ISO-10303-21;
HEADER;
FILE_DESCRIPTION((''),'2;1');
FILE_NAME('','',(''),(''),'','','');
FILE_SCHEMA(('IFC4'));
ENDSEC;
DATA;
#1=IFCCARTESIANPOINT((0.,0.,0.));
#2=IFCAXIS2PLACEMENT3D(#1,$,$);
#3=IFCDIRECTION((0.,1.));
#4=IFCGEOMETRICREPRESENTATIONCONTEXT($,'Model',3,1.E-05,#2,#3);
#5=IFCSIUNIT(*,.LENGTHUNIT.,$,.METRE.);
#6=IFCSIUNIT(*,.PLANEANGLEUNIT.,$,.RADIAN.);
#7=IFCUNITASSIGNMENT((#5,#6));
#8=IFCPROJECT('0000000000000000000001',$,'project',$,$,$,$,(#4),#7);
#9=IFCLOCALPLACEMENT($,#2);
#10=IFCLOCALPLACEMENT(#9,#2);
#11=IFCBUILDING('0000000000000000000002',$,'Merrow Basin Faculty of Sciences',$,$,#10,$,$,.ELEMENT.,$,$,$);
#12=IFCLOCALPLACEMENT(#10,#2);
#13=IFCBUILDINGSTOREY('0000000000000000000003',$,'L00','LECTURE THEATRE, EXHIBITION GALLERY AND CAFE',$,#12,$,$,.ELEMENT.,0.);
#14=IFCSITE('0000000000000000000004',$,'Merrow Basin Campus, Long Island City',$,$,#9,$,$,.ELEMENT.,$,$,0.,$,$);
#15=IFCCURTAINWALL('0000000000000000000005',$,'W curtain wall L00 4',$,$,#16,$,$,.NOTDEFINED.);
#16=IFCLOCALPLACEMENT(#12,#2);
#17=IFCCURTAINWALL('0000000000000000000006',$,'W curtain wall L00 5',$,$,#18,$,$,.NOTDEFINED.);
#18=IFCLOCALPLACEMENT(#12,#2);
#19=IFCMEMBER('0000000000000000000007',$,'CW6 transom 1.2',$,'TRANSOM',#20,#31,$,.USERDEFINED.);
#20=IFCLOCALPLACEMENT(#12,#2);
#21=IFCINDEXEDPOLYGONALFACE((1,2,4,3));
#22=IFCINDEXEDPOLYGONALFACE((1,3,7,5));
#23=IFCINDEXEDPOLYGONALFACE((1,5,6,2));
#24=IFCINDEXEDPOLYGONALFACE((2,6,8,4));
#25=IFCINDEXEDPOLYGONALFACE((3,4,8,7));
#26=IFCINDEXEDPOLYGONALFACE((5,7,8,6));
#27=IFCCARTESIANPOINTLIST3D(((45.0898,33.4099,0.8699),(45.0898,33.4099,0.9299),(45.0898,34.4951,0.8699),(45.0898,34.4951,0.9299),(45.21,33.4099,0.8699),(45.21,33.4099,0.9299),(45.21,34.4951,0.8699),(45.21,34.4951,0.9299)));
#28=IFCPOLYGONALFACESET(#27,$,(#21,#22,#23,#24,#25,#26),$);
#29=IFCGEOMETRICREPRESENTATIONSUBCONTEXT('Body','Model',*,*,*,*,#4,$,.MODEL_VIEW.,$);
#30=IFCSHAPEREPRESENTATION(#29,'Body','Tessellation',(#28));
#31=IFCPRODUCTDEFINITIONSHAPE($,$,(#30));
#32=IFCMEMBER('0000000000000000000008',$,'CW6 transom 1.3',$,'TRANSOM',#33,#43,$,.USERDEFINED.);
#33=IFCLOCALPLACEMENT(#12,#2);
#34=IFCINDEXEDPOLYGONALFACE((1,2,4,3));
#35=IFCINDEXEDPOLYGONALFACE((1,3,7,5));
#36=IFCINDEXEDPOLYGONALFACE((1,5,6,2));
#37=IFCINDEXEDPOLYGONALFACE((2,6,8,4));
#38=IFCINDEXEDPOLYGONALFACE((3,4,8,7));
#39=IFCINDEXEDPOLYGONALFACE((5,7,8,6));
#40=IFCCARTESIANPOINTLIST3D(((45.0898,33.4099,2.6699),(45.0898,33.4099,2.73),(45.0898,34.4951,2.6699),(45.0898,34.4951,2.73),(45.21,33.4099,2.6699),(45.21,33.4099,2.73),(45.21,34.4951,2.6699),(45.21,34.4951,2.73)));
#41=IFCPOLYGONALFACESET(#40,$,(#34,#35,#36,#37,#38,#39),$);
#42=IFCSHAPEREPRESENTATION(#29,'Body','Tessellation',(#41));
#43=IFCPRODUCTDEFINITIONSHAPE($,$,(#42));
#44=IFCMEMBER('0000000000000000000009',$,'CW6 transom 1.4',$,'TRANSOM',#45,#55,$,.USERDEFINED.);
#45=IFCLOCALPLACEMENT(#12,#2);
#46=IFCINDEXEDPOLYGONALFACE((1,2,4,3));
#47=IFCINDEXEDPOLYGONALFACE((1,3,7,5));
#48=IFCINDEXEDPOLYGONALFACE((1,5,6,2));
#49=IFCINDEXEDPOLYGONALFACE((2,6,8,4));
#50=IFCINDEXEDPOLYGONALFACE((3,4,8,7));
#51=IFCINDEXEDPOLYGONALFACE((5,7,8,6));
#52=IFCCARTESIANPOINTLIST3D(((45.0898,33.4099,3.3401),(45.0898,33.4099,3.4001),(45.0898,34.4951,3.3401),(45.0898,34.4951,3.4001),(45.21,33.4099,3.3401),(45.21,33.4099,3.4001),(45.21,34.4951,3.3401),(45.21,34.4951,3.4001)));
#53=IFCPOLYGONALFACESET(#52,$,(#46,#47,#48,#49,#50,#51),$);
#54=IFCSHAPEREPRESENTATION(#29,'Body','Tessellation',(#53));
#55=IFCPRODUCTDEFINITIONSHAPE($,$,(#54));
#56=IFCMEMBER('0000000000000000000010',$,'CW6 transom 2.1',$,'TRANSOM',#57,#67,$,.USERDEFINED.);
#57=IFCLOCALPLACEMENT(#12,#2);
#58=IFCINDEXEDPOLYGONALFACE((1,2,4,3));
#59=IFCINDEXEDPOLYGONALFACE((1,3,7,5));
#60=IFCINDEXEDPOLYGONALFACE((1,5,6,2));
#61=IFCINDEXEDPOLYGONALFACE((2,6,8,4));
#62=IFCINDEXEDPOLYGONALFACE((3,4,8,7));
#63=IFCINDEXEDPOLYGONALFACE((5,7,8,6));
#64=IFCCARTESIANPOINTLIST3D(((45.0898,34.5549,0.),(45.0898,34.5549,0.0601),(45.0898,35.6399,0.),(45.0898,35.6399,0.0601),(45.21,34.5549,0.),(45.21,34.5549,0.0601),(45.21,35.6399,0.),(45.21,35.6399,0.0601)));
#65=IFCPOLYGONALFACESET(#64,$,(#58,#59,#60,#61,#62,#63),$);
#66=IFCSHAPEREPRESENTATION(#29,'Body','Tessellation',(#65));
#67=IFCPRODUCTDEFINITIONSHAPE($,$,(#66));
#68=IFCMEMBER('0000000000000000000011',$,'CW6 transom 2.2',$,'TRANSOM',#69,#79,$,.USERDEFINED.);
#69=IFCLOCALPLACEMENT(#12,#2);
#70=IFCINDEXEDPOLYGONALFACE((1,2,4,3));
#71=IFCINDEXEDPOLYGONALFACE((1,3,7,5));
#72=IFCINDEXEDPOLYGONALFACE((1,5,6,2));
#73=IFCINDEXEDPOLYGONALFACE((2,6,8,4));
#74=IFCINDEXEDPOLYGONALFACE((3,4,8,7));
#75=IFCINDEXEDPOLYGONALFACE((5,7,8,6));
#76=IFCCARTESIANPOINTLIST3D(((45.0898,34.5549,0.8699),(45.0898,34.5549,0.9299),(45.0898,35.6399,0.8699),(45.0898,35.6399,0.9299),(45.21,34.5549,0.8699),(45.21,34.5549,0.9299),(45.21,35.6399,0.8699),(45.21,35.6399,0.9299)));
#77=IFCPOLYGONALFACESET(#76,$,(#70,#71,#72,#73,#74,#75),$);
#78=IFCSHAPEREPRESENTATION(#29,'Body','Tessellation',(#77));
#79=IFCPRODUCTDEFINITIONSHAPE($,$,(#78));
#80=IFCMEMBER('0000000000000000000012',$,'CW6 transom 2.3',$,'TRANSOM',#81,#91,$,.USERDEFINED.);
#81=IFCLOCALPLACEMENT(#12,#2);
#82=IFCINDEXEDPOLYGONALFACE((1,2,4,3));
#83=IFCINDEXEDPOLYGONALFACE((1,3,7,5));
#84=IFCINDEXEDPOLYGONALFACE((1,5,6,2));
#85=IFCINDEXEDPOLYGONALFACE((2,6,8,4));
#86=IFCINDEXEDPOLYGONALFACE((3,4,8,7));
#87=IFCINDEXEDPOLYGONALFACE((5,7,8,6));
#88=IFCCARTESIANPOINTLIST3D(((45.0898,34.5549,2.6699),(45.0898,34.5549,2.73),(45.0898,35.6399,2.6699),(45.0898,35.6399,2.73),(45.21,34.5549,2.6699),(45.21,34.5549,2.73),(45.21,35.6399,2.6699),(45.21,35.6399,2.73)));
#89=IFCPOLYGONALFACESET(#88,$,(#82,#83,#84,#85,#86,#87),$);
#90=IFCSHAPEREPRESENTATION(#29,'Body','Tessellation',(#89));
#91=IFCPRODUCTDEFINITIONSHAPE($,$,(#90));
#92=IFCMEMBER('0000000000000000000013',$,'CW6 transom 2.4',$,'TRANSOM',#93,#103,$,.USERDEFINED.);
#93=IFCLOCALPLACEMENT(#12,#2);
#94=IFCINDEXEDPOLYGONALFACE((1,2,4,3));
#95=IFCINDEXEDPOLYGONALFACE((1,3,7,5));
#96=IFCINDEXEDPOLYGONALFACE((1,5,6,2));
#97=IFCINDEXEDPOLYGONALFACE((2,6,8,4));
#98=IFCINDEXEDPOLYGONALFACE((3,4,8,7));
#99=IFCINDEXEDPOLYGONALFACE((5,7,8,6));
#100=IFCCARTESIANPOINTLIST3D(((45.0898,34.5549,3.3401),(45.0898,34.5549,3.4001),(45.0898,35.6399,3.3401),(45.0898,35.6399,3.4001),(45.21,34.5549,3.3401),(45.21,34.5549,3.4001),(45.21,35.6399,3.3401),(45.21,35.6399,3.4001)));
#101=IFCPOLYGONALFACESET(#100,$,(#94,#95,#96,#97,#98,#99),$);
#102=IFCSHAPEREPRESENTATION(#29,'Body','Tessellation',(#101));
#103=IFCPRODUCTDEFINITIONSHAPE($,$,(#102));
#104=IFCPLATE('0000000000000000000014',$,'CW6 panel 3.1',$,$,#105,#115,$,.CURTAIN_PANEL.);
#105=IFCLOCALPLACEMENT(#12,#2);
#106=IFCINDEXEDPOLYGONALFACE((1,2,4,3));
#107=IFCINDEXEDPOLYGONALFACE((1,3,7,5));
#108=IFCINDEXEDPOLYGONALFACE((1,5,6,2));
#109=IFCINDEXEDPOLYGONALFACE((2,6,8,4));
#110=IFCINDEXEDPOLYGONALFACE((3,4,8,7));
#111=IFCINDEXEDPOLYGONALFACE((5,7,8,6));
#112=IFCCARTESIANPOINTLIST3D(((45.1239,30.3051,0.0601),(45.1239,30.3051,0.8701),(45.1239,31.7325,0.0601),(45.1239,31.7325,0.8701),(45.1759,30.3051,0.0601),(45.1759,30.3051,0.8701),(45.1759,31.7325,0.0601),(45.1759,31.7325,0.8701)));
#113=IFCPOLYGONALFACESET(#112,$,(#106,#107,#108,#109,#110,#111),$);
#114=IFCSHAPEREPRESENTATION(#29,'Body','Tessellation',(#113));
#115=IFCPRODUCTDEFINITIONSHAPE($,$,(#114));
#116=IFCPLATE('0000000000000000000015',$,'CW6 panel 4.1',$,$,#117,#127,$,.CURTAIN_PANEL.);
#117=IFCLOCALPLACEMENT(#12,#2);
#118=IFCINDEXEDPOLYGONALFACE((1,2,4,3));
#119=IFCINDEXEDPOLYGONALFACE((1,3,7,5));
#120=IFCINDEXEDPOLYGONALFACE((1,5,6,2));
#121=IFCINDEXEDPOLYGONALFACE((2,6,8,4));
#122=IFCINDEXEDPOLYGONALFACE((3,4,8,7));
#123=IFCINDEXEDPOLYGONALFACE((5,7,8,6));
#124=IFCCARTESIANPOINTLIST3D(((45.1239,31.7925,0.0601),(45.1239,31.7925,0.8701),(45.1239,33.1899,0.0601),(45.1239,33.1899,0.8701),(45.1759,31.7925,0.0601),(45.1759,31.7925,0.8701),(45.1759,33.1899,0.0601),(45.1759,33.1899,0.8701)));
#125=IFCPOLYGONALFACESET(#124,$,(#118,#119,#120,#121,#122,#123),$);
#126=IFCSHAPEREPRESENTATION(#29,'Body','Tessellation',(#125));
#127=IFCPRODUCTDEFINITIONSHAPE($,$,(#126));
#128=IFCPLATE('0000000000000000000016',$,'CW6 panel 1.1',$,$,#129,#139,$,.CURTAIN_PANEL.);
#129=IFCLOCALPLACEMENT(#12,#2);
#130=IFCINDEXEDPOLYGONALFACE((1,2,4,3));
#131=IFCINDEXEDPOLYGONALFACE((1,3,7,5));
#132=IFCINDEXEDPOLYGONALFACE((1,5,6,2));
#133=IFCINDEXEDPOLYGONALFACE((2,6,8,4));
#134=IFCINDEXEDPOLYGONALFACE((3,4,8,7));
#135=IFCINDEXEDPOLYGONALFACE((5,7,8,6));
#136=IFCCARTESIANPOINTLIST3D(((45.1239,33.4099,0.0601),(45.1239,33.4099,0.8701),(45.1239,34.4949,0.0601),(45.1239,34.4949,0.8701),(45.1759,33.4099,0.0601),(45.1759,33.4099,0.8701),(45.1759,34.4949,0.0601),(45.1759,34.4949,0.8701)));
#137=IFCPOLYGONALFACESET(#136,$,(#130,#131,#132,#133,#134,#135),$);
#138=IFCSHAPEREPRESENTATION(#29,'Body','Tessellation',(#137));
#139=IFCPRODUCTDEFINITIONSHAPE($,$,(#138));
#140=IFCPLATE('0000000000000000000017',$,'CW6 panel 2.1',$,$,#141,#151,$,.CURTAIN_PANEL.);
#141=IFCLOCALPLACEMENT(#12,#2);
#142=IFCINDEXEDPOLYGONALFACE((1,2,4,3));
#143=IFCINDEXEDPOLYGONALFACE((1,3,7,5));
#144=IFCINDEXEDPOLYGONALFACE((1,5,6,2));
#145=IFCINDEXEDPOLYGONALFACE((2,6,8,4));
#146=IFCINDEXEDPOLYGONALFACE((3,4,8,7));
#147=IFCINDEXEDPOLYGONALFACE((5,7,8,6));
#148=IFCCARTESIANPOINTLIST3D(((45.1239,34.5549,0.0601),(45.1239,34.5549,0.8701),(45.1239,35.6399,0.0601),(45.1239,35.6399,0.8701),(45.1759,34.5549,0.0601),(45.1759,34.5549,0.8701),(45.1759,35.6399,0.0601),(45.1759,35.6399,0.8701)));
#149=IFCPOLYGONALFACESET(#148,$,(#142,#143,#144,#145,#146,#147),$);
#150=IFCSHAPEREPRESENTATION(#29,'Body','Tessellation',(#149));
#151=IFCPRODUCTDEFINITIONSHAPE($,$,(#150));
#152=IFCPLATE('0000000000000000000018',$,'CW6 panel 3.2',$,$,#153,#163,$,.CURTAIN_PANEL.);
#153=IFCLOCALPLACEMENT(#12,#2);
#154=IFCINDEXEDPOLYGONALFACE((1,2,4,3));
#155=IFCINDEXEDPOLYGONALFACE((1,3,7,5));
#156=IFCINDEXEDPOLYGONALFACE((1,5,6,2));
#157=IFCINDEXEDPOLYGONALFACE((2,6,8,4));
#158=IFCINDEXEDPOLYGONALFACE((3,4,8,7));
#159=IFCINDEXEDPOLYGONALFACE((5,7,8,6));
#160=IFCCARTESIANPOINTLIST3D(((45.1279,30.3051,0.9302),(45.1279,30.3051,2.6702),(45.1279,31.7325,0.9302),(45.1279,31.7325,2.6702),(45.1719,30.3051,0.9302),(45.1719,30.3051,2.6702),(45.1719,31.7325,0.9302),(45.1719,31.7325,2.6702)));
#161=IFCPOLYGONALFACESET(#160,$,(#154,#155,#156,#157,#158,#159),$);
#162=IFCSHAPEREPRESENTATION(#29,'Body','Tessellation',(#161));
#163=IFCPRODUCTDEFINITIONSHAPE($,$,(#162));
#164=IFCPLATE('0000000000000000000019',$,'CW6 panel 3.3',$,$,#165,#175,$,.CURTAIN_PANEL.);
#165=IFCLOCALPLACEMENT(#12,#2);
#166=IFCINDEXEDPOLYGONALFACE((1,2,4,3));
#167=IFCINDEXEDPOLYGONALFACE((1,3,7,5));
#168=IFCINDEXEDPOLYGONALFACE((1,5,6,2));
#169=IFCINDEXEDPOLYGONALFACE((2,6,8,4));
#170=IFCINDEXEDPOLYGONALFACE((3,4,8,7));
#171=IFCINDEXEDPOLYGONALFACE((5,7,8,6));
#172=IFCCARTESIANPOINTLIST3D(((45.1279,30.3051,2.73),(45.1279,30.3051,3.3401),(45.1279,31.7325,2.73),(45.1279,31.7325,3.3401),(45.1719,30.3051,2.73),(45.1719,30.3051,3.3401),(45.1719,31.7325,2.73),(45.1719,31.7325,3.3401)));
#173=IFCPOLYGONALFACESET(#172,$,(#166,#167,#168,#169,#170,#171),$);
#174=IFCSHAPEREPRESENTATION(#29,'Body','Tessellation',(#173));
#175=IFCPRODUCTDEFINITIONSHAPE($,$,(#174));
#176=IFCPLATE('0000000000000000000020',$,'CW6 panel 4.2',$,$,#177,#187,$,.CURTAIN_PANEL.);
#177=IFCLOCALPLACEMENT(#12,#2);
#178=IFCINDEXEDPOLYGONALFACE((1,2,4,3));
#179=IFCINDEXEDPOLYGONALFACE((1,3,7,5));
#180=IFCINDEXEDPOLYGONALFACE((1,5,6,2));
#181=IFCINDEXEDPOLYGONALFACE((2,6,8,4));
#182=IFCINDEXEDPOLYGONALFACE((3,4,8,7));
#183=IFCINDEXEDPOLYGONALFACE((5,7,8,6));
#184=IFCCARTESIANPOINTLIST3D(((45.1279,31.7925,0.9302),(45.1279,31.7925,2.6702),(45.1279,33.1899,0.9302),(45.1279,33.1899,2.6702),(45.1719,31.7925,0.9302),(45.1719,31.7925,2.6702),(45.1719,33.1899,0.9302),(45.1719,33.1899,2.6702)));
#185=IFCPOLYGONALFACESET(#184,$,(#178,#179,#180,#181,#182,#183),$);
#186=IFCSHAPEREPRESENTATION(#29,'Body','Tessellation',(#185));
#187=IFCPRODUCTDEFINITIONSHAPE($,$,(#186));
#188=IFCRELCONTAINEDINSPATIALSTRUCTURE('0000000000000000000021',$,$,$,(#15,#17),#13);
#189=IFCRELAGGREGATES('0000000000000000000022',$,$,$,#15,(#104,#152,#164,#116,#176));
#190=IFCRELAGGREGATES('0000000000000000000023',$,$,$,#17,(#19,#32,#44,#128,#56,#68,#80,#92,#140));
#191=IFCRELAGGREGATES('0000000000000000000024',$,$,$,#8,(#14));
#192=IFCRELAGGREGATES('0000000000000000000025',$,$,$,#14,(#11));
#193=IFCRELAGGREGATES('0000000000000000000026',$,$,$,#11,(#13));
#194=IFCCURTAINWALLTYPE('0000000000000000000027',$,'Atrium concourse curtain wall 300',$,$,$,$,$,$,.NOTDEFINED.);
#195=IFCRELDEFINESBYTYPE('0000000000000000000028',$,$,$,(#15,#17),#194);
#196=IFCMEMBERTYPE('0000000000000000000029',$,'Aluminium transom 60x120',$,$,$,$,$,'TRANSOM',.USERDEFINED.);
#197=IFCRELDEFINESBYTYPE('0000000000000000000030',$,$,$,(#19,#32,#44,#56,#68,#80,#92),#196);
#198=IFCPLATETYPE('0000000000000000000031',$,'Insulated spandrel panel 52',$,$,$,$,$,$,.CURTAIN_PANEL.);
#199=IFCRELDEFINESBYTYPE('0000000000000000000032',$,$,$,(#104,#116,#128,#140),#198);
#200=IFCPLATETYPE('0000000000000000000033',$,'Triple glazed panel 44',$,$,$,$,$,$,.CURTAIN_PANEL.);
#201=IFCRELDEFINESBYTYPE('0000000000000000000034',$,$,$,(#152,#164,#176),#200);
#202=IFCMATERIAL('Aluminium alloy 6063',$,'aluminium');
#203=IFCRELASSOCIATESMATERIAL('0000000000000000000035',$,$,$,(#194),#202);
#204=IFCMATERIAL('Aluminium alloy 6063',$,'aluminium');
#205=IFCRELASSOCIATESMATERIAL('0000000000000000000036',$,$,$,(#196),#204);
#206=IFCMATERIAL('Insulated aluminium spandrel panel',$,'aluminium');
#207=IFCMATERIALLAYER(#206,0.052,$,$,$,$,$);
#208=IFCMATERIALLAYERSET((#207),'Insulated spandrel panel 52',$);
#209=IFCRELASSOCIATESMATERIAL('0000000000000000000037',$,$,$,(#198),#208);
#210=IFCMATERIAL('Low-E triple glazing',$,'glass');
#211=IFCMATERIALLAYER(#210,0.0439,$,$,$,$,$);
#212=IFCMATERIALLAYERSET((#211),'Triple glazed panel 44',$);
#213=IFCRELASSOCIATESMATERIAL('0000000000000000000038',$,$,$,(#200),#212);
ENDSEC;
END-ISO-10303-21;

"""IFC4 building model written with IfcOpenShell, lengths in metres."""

from ifc_helpers import new_model, si_unit, direction, frame, origin, origin_2d, place, context, subcontext, project, spatial, rectangle, extrude, material, layer, layer_set, material_profile, profile_set, type_object, element, aggregate, save


model = new_model("IFC4")

# Units and contexts
model_context = context("Model", 3, precision=1e-05, world=origin(), true_north=direction((0.0, 1.0)))
body_context = subcontext(model_context, "Body", "Model", "MODEL_VIEW")
ifc_project = project(units=[si_unit("LENGTHUNIT", "METRE"), si_unit("PLANEANGLEUNIT", "RADIAN")], contexts=[model_context])

# Site, building, storey
site_placement = place(None, origin())
site = spatial("IfcSite", under=ifc_project, at=site_placement, Name="Merrow Basin Campus, Long Island City", CompositionType="ELEMENT", RefElevation=0.0)
building_placement = place(site_placement, origin())
building = spatial("IfcBuilding", under=site, at=building_placement, Name="Merrow Basin Faculty of Sciences", CompositionType="ELEMENT")
storey_placement = place(building_placement, origin())
storey = spatial("IfcBuildingStorey", under=building, at=storey_placement, Name="L00", Description="LECTURE THEATRE, EXHIBITION GALLERY AND CAFE", CompositionType="ELEMENT", Elevation=0.0)

# Curtain walls
ifc_material_1 = material(Name="Aluminium alloy 6063", Category="aluminium")
curtain_wall_type = type_object("IfcCurtainWallType", Name="Atrium concourse curtain wall 300", PredefinedType="NOTDEFINED", material=ifc_material_1)
curtain_wall_1_placement = place(storey_placement, origin())
curtain_wall_1 = element("IfcCurtainWall", 1, at=curtain_wall_1_placement, inside=storey, type_object=curtain_wall_type, Name="W curtain wall L00 4", PredefinedType="NOTDEFINED")
curtain_wall_2_placement = place(storey_placement, origin())
curtain_wall_2 = element("IfcCurtainWall", 2, at=curtain_wall_2_placement, inside=storey, type_object=curtain_wall_type, Name="W curtain wall L00 5", PredefinedType="NOTDEFINED")

# Members
ifc_material_2 = material(Name="Aluminium alloy 6063", Category="aluminium")
ifc_material_profile_1 = material_profile(ifc_material_2, rectangle(XDim=0.1201, YDim=0.0601, at=origin_2d()))
ifc_profile_set_1 = profile_set([ifc_material_profile_1], Name="Aluminium alloy 6063")
member_type_1 = type_object("IfcMemberType", Name="Aluminium transom 60x120", ElementType="TRANSOM", PredefinedType="USERDEFINED", material=ifc_profile_set_1)
member_1_placement = place(storey_placement, frame((45.1499, 33.4099, 0.8999), z_axis=(0.0, 1.0, 0.0), x_axis=(-1.0, 0.0, 0.0)))
member_1 = element("IfcMember", 3, at=member_1_placement, type_object=member_type_1, Name="CW6 transom 1.2", ObjectType="TRANSOM", PredefinedType="USERDEFINED", context=body_context, shape_type="SweptSolid", body=[
    extrude(rectangle(XDim=0.1201, YDim=0.0601, at=origin_2d()), origin(), (0.0, 0.0, 1.0), 1.0852),
])
member_2_placement = place(storey_placement, frame((45.1499, 33.4099, 2.7), z_axis=(0.0, 1.0, 0.0), x_axis=(-1.0, 0.0, 0.0)))
member_2 = element("IfcMember", 4, at=member_2_placement, type_object=member_type_1, Name="CW6 transom 1.3", ObjectType="TRANSOM", PredefinedType="USERDEFINED", context=body_context, shape_type="SweptSolid", body=[
    extrude(rectangle(XDim=0.1201, YDim=0.0601, at=origin_2d()), origin(), (0.0, 0.0, 1.0), 1.0852),
])
member_3_placement = place(storey_placement, frame((45.1499, 33.4099, 3.3701), z_axis=(0.0, 1.0, 0.0), x_axis=(-1.0, 0.0, 0.0)))
member_3 = element("IfcMember", 5, at=member_3_placement, type_object=member_type_1, Name="CW6 transom 1.4", ObjectType="TRANSOM", PredefinedType="USERDEFINED", context=body_context, shape_type="SweptSolid", body=[
    extrude(rectangle(XDim=0.1201, YDim=0.0601, at=origin_2d()), origin(), (0.0, 0.0, 1.0), 1.0852),
])
member_4_placement = place(storey_placement, frame((45.1499, 34.5549, 0.03), z_axis=(0.0, 1.0, 0.0), x_axis=(-1.0, 0.0, 0.0)))
member_4 = element("IfcMember", 6, at=member_4_placement, type_object=member_type_1, Name="CW6 transom 2.1", ObjectType="TRANSOM", PredefinedType="USERDEFINED", context=body_context, shape_type="SweptSolid", body=[
    extrude(rectangle(XDim=0.1201, YDim=0.0601, at=origin_2d()), origin(), (0.0, 0.0, 1.0), 1.085),
])
member_5_placement = place(storey_placement, frame((45.1499, 34.5549, 0.8999), z_axis=(0.0, 1.0, 0.0), x_axis=(-1.0, 0.0, 0.0)))
member_5 = element("IfcMember", 7, at=member_5_placement, type_object=member_type_1, Name="CW6 transom 2.2", ObjectType="TRANSOM", PredefinedType="USERDEFINED", context=body_context, shape_type="SweptSolid", body=[
    extrude(rectangle(XDim=0.1201, YDim=0.0601, at=origin_2d()), origin(), (0.0, 0.0, 1.0), 1.085),
])
member_6_placement = place(storey_placement, frame((45.1499, 34.5549, 2.7), z_axis=(0.0, 1.0, 0.0), x_axis=(-1.0, 0.0, 0.0)))
member_6 = element("IfcMember", 8, at=member_6_placement, type_object=member_type_1, Name="CW6 transom 2.3", ObjectType="TRANSOM", PredefinedType="USERDEFINED", context=body_context, shape_type="SweptSolid", body=[
    extrude(rectangle(XDim=0.1201, YDim=0.0601, at=origin_2d()), origin(), (0.0, 0.0, 1.0), 1.085),
])
member_7_placement = place(storey_placement, frame((45.1499, 34.5549, 3.3701), z_axis=(0.0, 1.0, 0.0), x_axis=(-1.0, 0.0, 0.0)))
member_7 = element("IfcMember", 9, at=member_7_placement, type_object=member_type_1, Name="CW6 transom 2.4", ObjectType="TRANSOM", PredefinedType="USERDEFINED", context=body_context, shape_type="SweptSolid", body=[
    extrude(rectangle(XDim=0.1201, YDim=0.0601, at=origin_2d()), origin(), (0.0, 0.0, 1.0), 1.085),
])

# Plates
ifc_material_3 = material(Name="Insulated aluminium spandrel panel", Category="aluminium")
ifc_layer_1 = layer(ifc_material_3, 0.052)
ifc_layer_set_1 = layer_set([ifc_layer_1], Name="Insulated spandrel panel 52")
plate_type_1 = type_object("IfcPlateType", Name="Insulated spandrel panel 52", PredefinedType="CURTAIN_PANEL", material=ifc_layer_set_1)
plate_1_placement = place(storey_placement, frame((45.1499, 31.0188, 0.0601), z_axis=(0.0, 0.0, 1.0), x_axis=(0.0, 1.0, 0.0)))
plate_1 = element("IfcPlate", 10, at=plate_1_placement, type_object=plate_type_1, Name="CW6 panel 3.1", PredefinedType="CURTAIN_PANEL", context=body_context, shape_type="SweptSolid", body=[
    extrude(rectangle(XDim=1.4275, YDim=0.052, at=origin_2d()), origin(), (0.0, 0.0, 1.0), 0.8101),
])
plate_2_placement = place(storey_placement, frame((45.1499, 32.4912, 0.0601), z_axis=(0.0, 0.0, 1.0), x_axis=(0.0, 1.0, 0.0)))
plate_2 = element("IfcPlate", 11, at=plate_2_placement, type_object=plate_type_1, Name="CW6 panel 4.1", PredefinedType="CURTAIN_PANEL", context=body_context, shape_type="SweptSolid", body=[
    extrude(rectangle(XDim=1.3975, YDim=0.052, at=origin_2d()), origin(), (0.0, 0.0, 1.0), 0.8101),
])
plate_3_placement = place(storey_placement, frame((45.1499, 33.9524, 0.0601), z_axis=(0.0, 0.0, 1.0), x_axis=(0.0, 1.0, 0.0)))
plate_3 = element("IfcPlate", 12, at=plate_3_placement, type_object=plate_type_1, Name="CW6 panel 1.1", PredefinedType="CURTAIN_PANEL", context=body_context, shape_type="SweptSolid", body=[
    extrude(rectangle(XDim=1.085, YDim=0.052, at=origin_2d()), origin(), (0.0, 0.0, 1.0), 0.8101),
])
plate_4_placement = place(storey_placement, frame((45.1499, 35.0974, 0.0601), z_axis=(0.0, 0.0, 1.0), x_axis=(0.0, 1.0, 0.0)))
plate_4 = element("IfcPlate", 13, at=plate_4_placement, type_object=plate_type_1, Name="CW6 panel 2.1", PredefinedType="CURTAIN_PANEL", context=body_context, shape_type="SweptSolid", body=[
    extrude(rectangle(XDim=1.085, YDim=0.052, at=origin_2d()), origin(), (0.0, 0.0, 1.0), 0.8101),
])
ifc_material_4 = material(Name="Low-E triple glazing", Category="glass")
ifc_layer_2 = layer(ifc_material_4, 0.0439)
ifc_layer_set_2 = layer_set([ifc_layer_2], Name="Triple glazed panel 44")
plate_type_2 = type_object("IfcPlateType", Name="Triple glazed panel 44", PredefinedType="CURTAIN_PANEL", material=ifc_layer_set_2)
plate_5_placement = place(storey_placement, frame((45.1499, 31.0188, 0.9302), z_axis=(0.0, 0.0, 1.0), x_axis=(0.0, 1.0, 0.0)))
plate_5 = element("IfcPlate", 14, at=plate_5_placement, type_object=plate_type_2, Name="CW6 panel 3.2", PredefinedType="CURTAIN_PANEL", context=body_context, shape_type="SweptSolid", body=[
    extrude(rectangle(XDim=1.4275, YDim=0.0439, at=origin_2d()), origin(), (0.0, 0.0, 1.0), 1.74),
])
plate_6_placement = place(storey_placement, frame((45.1499, 31.0188, 2.73), z_axis=(0.0, 0.0, 1.0), x_axis=(0.0, 1.0, 0.0)))
plate_6 = element("IfcPlate", 15, at=plate_6_placement, type_object=plate_type_2, Name="CW6 panel 3.3", PredefinedType="CURTAIN_PANEL", context=body_context, shape_type="SweptSolid", body=[
    extrude(rectangle(XDim=1.4275, YDim=0.0439, at=origin_2d()), origin(), (0.0, 0.0, 1.0), 0.6101),
])
plate_7_placement = place(storey_placement, frame((45.1499, 32.4912, 0.9302), z_axis=(0.0, 0.0, 1.0), x_axis=(0.0, 1.0, 0.0)))
plate_7 = element("IfcPlate", 16, at=plate_7_placement, type_object=plate_type_2, Name="CW6 panel 4.2", PredefinedType="CURTAIN_PANEL", context=body_context, shape_type="SweptSolid", body=[
    extrude(rectangle(XDim=1.3975, YDim=0.0439, at=origin_2d()), origin(), (0.0, 0.0, 1.0), 1.74),
])
aggregate(curtain_wall_1, [plate_1, plate_5, plate_6, plate_2, plate_7])
aggregate(curtain_wall_2, [member_1, member_2, member_3, plate_3, member_4, member_5, member_6, member_7, plate_4])

save(model, "model.ifc")
